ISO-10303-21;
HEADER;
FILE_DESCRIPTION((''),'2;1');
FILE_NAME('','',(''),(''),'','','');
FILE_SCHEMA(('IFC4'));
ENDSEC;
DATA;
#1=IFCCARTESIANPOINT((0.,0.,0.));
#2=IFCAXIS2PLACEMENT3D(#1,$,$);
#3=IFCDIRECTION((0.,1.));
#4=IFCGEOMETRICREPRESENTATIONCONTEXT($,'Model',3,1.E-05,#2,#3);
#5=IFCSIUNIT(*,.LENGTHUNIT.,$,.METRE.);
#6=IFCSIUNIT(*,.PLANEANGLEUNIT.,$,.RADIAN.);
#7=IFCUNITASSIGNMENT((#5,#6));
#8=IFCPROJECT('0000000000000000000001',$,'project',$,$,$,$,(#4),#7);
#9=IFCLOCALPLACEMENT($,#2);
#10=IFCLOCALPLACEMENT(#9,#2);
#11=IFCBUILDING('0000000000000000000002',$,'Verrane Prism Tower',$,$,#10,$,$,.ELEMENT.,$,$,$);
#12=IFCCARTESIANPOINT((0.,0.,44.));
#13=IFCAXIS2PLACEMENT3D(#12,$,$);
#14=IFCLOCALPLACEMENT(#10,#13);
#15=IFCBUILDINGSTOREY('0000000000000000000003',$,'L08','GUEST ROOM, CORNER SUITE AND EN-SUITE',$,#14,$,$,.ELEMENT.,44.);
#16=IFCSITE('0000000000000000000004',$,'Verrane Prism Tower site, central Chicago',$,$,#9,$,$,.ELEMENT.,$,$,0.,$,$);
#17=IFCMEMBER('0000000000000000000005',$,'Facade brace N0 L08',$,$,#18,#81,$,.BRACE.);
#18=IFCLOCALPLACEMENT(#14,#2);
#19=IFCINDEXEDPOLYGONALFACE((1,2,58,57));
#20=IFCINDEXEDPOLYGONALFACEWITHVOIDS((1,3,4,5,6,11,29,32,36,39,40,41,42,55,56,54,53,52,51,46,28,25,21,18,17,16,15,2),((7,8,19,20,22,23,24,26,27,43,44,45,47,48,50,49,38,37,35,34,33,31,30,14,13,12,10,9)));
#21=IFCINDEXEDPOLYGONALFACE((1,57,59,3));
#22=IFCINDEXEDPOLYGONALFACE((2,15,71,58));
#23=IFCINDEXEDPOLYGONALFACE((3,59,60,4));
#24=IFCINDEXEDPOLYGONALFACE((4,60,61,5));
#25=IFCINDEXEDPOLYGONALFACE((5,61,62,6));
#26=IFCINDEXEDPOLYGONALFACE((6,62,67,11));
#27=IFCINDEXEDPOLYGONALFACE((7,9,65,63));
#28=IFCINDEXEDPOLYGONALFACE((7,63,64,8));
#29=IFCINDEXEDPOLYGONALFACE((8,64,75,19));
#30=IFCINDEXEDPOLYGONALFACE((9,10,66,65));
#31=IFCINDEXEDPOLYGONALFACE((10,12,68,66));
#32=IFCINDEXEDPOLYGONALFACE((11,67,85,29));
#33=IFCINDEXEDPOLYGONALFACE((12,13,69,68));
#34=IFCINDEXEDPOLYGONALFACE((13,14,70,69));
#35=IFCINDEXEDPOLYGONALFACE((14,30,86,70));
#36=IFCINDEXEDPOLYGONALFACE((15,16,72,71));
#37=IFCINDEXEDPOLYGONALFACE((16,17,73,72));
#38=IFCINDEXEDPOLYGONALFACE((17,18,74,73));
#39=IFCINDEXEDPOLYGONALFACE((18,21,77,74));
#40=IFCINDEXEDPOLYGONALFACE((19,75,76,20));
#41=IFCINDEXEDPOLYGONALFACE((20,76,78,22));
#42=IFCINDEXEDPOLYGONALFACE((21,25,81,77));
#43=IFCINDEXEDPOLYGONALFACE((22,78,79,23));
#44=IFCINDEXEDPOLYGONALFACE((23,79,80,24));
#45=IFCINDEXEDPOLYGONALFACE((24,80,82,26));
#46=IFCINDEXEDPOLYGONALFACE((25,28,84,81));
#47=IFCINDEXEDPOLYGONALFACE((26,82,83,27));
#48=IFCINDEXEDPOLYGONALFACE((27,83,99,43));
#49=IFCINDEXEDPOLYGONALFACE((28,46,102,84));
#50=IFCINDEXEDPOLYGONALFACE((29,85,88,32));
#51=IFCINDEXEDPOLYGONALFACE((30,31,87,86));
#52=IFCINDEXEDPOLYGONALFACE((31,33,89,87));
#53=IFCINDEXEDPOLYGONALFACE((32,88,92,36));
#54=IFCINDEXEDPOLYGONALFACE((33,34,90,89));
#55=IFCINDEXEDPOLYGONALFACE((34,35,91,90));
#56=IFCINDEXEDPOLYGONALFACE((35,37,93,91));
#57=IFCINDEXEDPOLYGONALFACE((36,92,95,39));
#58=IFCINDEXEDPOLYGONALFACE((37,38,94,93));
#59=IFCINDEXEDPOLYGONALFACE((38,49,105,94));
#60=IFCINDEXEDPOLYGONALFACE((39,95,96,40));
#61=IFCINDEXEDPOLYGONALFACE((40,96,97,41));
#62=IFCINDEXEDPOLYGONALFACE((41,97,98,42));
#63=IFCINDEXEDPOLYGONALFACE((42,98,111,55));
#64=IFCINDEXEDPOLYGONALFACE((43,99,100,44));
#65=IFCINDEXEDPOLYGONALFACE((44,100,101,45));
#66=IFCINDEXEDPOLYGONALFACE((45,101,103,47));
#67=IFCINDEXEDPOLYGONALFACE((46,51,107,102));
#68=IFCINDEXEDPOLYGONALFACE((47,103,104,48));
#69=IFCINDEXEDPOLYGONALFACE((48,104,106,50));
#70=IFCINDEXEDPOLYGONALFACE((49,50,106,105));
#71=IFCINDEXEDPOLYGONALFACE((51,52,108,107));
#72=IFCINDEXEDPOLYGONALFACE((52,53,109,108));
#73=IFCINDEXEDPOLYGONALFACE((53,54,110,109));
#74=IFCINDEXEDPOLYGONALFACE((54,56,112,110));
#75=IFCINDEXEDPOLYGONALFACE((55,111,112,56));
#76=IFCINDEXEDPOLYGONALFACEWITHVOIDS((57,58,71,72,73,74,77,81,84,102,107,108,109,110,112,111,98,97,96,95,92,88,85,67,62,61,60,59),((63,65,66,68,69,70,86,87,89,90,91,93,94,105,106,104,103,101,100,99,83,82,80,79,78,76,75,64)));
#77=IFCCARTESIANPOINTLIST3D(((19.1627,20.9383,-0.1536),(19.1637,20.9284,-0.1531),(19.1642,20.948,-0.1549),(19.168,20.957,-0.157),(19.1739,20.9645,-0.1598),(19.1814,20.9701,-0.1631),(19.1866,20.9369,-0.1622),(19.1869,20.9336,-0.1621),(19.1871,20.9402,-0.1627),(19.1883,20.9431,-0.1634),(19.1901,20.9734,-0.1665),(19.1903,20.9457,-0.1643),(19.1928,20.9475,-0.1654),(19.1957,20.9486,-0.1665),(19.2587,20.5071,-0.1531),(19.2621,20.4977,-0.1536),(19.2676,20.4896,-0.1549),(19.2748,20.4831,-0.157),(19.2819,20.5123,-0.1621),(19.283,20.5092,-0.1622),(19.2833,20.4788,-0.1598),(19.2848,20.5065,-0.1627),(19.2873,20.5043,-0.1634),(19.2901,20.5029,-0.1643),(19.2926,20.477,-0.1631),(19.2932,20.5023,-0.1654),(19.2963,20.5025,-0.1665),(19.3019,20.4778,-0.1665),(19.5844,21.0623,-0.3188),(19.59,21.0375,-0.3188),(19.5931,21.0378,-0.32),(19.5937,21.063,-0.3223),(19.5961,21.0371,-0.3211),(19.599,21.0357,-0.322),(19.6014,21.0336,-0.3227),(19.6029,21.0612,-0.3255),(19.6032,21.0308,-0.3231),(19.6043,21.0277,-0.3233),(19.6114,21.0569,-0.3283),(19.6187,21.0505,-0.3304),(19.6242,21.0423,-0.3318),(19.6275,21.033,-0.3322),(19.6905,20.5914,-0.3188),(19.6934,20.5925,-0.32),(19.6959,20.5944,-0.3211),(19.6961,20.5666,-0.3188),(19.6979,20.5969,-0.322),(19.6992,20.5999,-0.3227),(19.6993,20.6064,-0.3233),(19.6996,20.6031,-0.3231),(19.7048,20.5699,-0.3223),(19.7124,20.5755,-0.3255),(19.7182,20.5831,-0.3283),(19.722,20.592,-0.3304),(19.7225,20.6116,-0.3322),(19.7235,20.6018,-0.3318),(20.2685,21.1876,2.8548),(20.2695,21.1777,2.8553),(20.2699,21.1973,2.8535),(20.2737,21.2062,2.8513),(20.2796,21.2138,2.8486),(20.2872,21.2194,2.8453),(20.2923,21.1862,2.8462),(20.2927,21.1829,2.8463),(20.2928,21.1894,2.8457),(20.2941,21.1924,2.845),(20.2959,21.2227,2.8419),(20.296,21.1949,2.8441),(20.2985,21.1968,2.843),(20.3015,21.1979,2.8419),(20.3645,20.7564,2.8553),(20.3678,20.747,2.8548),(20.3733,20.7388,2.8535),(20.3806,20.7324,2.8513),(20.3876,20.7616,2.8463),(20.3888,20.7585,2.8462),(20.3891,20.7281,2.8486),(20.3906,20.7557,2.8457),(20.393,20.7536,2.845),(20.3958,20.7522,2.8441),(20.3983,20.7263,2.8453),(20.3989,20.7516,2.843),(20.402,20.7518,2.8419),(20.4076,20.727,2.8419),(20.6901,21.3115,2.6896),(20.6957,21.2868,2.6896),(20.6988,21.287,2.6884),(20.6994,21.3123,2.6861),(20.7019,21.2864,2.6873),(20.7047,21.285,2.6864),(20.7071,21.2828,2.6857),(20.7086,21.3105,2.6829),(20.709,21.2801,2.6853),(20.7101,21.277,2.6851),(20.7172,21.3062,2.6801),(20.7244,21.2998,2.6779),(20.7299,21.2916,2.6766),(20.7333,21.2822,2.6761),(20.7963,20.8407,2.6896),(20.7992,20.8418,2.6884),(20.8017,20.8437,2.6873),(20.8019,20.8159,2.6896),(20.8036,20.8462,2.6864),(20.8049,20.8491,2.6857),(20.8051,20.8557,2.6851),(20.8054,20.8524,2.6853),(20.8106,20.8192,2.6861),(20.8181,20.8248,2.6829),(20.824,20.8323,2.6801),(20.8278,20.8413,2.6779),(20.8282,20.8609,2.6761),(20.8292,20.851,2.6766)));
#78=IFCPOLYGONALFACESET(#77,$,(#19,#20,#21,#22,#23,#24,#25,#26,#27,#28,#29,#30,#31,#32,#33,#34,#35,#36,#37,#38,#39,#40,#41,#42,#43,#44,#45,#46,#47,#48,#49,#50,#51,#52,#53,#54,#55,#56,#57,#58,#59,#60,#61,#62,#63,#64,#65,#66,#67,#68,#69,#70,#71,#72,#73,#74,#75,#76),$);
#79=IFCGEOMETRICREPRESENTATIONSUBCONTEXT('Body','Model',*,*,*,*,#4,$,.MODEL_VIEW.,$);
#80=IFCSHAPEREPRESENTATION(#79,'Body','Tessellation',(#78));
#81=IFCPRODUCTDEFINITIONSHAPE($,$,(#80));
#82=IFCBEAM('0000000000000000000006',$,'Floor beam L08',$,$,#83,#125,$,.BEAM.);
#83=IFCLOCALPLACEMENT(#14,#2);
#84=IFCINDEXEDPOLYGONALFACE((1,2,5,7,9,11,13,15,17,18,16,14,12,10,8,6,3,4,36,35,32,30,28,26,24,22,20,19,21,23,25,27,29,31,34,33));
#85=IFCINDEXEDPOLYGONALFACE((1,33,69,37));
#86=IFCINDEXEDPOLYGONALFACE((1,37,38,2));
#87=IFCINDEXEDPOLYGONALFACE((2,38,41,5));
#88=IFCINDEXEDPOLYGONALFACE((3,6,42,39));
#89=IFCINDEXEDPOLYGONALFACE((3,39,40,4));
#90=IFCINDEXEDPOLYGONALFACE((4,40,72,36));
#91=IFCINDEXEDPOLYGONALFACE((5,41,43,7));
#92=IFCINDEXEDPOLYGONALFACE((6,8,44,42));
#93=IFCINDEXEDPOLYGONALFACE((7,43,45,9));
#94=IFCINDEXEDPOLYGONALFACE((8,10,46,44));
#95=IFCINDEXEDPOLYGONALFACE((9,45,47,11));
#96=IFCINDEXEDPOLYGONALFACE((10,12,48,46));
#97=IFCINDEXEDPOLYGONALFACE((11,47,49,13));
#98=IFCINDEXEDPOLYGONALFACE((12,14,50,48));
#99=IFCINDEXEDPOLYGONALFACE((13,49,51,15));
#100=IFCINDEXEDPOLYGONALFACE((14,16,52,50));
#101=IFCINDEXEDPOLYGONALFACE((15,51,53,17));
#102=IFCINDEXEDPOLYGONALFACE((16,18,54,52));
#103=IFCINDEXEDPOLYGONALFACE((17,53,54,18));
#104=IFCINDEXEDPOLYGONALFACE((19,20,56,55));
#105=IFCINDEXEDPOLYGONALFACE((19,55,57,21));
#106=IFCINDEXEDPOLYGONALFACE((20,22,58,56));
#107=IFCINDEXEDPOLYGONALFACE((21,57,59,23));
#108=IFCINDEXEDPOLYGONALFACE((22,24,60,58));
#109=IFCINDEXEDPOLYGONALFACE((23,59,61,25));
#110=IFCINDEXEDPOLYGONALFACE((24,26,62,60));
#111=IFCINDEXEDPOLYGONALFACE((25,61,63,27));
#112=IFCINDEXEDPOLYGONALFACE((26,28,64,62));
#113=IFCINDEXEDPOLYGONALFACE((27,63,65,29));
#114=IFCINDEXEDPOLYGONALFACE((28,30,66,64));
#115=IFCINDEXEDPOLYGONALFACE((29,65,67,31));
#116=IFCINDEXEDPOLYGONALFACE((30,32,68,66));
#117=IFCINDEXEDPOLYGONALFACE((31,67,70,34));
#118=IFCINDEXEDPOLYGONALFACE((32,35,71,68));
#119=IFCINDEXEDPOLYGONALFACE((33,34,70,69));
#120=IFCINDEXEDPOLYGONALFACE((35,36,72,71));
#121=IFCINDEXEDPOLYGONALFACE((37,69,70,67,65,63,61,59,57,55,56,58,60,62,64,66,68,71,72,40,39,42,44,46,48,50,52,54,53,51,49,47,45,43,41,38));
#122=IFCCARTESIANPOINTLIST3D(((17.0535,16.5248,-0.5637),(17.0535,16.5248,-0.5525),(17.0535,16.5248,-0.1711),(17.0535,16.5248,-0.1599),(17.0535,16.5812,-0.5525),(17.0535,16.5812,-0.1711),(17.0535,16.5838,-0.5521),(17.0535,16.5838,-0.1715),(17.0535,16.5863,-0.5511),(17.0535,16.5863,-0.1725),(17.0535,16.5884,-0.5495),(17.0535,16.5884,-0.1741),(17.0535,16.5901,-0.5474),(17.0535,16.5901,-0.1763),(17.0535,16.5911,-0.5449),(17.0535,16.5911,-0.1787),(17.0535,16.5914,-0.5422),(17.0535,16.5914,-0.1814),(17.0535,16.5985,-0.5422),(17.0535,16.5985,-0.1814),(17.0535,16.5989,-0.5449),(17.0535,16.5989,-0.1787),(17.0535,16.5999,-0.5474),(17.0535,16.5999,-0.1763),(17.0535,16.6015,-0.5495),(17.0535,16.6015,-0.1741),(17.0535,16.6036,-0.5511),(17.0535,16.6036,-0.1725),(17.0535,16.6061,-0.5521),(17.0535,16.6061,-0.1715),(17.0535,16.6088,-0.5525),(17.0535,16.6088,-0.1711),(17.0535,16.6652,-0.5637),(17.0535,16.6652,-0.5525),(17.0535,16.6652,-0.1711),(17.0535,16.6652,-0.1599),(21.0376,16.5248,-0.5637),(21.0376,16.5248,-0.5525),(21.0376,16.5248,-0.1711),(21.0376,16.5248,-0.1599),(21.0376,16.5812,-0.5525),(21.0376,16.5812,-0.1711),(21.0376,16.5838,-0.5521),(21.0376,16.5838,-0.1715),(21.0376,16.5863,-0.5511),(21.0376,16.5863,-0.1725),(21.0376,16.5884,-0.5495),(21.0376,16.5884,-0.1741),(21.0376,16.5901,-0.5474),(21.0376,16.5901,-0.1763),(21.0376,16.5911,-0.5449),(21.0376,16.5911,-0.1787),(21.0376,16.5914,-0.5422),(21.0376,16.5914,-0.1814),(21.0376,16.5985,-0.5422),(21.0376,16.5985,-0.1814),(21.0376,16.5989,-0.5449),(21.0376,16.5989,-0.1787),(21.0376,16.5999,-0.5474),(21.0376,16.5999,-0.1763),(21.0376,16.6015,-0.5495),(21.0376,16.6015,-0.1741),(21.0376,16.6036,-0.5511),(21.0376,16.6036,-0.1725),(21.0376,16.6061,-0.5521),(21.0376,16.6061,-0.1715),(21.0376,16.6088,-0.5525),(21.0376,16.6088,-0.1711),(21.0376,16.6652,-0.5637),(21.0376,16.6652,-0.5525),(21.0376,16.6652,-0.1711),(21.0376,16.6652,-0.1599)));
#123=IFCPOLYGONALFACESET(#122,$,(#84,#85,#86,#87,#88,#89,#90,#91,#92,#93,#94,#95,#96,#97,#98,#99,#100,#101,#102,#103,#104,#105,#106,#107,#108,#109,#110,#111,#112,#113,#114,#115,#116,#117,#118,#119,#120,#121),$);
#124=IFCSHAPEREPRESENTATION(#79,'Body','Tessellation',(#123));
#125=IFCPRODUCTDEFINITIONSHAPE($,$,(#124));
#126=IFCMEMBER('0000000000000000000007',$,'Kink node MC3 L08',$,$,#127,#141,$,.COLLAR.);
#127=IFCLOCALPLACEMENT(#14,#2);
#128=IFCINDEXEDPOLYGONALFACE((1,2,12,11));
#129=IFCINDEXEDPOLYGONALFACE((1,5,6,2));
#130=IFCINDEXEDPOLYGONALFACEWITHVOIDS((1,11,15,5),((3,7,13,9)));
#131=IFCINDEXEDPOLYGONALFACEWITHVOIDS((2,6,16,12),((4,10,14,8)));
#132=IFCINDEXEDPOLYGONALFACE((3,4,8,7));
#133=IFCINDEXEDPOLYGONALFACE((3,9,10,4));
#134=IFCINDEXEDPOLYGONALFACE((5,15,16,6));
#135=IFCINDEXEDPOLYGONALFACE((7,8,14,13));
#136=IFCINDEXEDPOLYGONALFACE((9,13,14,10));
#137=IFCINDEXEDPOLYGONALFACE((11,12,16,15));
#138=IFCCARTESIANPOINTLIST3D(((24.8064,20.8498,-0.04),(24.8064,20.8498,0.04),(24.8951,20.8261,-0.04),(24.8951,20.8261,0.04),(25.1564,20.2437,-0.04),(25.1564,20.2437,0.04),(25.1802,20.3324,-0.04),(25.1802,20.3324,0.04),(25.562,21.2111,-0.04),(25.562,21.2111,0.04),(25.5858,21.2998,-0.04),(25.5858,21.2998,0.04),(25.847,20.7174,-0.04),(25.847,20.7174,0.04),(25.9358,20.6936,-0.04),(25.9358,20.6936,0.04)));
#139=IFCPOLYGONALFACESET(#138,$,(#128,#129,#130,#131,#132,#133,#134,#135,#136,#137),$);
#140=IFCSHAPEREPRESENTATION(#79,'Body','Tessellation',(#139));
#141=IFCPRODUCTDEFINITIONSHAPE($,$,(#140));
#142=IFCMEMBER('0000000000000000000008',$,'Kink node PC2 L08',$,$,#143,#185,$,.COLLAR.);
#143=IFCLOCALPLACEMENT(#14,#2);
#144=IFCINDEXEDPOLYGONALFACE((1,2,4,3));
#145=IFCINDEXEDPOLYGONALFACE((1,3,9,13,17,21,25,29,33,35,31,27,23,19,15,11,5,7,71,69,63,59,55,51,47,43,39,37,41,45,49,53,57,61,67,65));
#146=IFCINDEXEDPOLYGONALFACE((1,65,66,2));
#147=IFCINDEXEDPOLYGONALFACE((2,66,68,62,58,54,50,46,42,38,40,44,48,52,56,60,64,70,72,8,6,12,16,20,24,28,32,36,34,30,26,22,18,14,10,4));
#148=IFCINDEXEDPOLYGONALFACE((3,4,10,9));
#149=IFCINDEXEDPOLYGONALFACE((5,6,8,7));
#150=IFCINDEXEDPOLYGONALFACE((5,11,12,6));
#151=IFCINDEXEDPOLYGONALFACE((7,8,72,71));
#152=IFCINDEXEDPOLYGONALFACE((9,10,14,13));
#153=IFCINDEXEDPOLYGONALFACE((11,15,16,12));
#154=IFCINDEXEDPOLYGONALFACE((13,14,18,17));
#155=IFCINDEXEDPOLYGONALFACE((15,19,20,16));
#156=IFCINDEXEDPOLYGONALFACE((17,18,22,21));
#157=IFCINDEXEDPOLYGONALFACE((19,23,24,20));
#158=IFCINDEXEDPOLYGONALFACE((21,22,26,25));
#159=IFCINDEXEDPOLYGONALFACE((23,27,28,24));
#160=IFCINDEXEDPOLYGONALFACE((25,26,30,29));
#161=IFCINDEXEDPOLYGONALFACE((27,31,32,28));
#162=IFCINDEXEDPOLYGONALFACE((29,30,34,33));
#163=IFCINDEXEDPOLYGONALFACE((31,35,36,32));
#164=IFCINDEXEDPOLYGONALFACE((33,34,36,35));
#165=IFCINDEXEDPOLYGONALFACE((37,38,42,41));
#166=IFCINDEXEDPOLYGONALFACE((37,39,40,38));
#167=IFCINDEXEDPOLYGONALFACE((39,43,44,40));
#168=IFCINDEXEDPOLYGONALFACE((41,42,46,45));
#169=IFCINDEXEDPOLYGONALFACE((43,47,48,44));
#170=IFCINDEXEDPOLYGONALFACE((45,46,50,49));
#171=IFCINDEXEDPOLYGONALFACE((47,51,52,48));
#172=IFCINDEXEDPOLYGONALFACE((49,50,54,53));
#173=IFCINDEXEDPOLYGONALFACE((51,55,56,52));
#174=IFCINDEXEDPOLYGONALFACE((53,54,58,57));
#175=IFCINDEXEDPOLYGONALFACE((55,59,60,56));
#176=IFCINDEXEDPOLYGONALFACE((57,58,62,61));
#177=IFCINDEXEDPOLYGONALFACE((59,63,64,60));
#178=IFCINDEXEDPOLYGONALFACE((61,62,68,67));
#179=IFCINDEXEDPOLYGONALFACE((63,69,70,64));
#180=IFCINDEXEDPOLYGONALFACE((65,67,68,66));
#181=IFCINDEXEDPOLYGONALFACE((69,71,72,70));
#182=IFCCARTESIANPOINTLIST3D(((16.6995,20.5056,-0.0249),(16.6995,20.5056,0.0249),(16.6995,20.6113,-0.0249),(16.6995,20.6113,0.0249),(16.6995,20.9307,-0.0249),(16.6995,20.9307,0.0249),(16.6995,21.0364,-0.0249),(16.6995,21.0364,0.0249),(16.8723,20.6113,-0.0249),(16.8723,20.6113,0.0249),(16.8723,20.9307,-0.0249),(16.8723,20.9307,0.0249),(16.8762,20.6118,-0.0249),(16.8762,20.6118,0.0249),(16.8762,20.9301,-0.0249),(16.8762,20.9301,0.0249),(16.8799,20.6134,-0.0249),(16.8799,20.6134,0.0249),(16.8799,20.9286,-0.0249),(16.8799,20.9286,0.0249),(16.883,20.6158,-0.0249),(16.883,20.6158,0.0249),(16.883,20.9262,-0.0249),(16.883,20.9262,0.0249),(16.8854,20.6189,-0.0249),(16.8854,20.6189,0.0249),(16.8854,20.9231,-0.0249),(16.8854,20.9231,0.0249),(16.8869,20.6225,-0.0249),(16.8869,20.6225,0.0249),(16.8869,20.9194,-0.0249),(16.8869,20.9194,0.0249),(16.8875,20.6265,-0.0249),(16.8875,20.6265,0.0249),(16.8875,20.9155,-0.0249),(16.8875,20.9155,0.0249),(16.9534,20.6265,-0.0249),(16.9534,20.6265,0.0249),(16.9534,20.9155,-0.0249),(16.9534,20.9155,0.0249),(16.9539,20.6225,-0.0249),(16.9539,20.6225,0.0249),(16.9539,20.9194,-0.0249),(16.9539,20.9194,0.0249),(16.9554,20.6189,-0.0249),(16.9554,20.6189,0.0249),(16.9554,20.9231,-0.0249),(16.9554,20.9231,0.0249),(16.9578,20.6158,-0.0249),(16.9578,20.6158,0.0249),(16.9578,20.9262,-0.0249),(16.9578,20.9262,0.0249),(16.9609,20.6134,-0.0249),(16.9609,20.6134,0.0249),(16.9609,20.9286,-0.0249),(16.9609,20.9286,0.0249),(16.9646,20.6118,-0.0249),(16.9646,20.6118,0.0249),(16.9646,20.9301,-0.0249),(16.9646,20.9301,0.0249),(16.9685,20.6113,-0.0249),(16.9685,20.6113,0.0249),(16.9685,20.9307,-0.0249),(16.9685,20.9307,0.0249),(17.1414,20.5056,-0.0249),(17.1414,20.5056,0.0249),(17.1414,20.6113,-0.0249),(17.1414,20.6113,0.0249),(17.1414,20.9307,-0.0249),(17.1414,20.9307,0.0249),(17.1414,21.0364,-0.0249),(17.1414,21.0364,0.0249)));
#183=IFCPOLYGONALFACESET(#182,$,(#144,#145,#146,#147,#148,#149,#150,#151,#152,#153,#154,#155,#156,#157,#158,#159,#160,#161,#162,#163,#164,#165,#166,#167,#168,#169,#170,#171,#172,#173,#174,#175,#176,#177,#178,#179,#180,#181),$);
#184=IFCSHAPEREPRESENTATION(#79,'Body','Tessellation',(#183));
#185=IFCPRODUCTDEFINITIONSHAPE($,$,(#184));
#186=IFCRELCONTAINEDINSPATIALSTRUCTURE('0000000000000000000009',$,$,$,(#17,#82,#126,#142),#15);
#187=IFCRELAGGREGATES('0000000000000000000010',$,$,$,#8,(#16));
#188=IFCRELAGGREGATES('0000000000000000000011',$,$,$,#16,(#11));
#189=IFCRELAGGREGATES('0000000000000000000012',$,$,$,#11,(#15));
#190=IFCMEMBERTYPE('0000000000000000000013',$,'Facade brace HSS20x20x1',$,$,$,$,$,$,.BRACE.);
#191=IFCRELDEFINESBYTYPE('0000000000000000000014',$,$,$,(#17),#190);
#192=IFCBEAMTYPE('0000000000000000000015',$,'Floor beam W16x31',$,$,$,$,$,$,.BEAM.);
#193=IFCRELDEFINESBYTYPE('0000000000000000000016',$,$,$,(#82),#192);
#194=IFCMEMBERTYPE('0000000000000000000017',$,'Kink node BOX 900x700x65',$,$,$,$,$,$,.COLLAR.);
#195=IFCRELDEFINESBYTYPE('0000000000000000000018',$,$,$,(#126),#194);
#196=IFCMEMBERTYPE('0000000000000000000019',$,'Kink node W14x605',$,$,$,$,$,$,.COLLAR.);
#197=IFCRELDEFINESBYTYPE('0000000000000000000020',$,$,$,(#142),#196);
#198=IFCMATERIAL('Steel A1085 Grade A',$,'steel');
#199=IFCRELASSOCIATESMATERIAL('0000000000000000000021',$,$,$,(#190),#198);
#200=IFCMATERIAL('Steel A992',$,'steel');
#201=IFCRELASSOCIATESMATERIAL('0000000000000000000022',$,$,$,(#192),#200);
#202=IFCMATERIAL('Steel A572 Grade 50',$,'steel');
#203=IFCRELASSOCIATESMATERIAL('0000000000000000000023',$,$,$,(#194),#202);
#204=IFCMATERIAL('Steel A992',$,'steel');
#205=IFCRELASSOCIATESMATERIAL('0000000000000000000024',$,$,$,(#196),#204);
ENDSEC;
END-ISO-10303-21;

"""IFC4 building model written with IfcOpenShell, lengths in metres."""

from ifc_helpers import new_model, si_unit, direction, frame, origin, origin_2d, place, context, subcontext, project, spatial, hollow_rectangle, i_section, extrude, material, material_profile, profile_set, type_object, element, save


model = new_model("IFC4")

# Units and contexts
model_context = context("Model", 3, precision=1e-05, world=origin(), true_north=direction((0.0, 1.0)))
body_context = subcontext(model_context, "Body", "Model", "MODEL_VIEW")
ifc_project = project(units=[si_unit("LENGTHUNIT", "METRE"), si_unit("PLANEANGLEUNIT", "RADIAN")], contexts=[model_context])

# Site, building, storey
site_placement = place(None, origin())
site = spatial("IfcSite", under=ifc_project, at=site_placement, Name="Verrane Prism Tower site, central Chicago", CompositionType="ELEMENT", RefElevation=0.0)
building_placement = place(site_placement, origin())
building = spatial("IfcBuilding", under=site, at=building_placement, Name="Verrane Prism Tower", CompositionType="ELEMENT")
storey_placement = place(building_placement, frame((0.0, 0.0, 44.0)))
storey = spatial("IfcBuildingStorey", under=building, at=storey_placement, Name="L08", Description="GUEST ROOM, CORNER SUITE AND EN-SUITE", CompositionType="ELEMENT", Elevation=44.0)

# Member
ifc_material_1 = material(Name="Steel A1085 Grade A", Category="steel")
ifc_material_profile_1 = material_profile(ifc_material_1, hollow_rectangle(XDim=0.5081, YDim=0.5081, WallThickness=0.0254, InnerFilletRadius=0.0127, OuterFilletRadius=0.0381, at=origin_2d()), Name="HSS20x20x1")
ifc_profile_set_1 = profile_set([ifc_material_profile_1], Name="Steel A1085 Grade A")
member_type_1 = type_object("IfcMemberType", Name="Facade brace HSS20x20x1", PredefinedType="BRACE", material=ifc_profile_set_1)
member_1_placement = place(storey_placement, frame((19.4431, 20.77, -0.2427), z_axis=(0.34395, 0.077539, 0.935781), x_axis=(-0.219917, 0.975519, 0.0)))
element("IfcMember", 1, at=member_1_placement, inside=storey, type_object=member_type_1, Name="Facade brace N0 L08", PredefinedType="BRACE", context=body_context, shape_type="SweptSolid", body=[
    extrude(hollow_rectangle(XDim=0.5081, YDim=0.5081, WallThickness=0.0254, InnerFilletRadius=0.0127, OuterFilletRadius=0.0381, at=origin_2d()), origin(), (0.0, 0.0, 1.0), 3.2148),
])

# Beam
ifc_material_2 = material(Name="Steel A992", Category="steel")
ifc_material_profile_2 = material_profile(ifc_material_2, i_section(OverallWidth=0.1404, OverallDepth=0.4038, WebThickness=0.0071, FlangeThickness=0.0112, FilletRadius=0.0103, at=origin_2d()), Name="W16x31")
ifc_profile_set_2 = profile_set([ifc_material_profile_2], Name="Steel A992")
beam_type_1 = type_object("IfcBeamType", Name="Floor beam W16x31", PredefinedType="BEAM", material=ifc_profile_set_2)
beam_1_placement = place(storey_placement, frame((17.0535, 16.595, -0.3618), z_axis=(1.0, 0.0, 0.0), x_axis=(0.0, 1.0, 0.0)))
element("IfcBeam", 2, at=beam_1_placement, inside=storey, type_object=beam_type_1, Name="Floor beam L08", PredefinedType="BEAM", context=body_context, shape_type="SweptSolid", body=[
    extrude(i_section(OverallWidth=0.1404, OverallDepth=0.4038, WebThickness=0.0071, FlangeThickness=0.0112, FilletRadius=0.0103, at=origin_2d()), origin(), (0.0, 0.0, 1.0), 3.9841),
])

# Members
ifc_material_3 = material(Name="Steel A572 Grade 50", Category="steel")
ifc_material_profile_3 = material_profile(ifc_material_3, hollow_rectangle(XDim=0.7, YDim=0.8999, WallThickness=0.0649, at=origin_2d()), Name="BOX 900x700x65")
ifc_profile_set_3 = profile_set([ifc_material_profile_3], Name="Steel A572 Grade 50")
member_type_2 = type_object("IfcMemberType", Name="Kink node BOX 900x700x65", PredefinedType="COLLAR", material=ifc_profile_set_3)
member_2_placement = place(storey_placement, frame((25.3711, 20.7717, -0.04), z_axis=(0.0, 0.0, 1.0), x_axis=(0.5, -0.866025, 0.0)))
element("IfcMember", 3, at=member_2_placement, inside=storey, type_object=member_type_2, Name="Kink node MC3 L08", PredefinedType="COLLAR", context=body_context, shape_type="SweptSolid", body=[
    extrude(hollow_rectangle(XDim=0.7, YDim=0.8999, WallThickness=0.0649, at=origin_2d()), origin(), (0.0, 0.0, 1.0), 0.0801),
])
ifc_material_4 = material(Name="Steel A992", Category="steel")
ifc_material_profile_4 = material_profile(ifc_material_4, i_section(OverallWidth=0.4419, OverallDepth=0.5308, WebThickness=0.0659, FlangeThickness=0.1057, FilletRadius=0.0151, at=origin_2d()), Name="W14x605")
ifc_profile_set_4 = profile_set([ifc_material_profile_4], Name="Steel A992")
member_type_3 = type_object("IfcMemberType", Name="Kink node W14x605", PredefinedType="COLLAR", material=ifc_profile_set_4)
member_3_placement = place(storey_placement, frame((16.9204, 20.771, -0.0249), z_axis=(0.0, 0.0, 1.0), x_axis=(1.0, 0.0, 0.0)))
element("IfcMember", 4, at=member_3_placement, inside=storey, type_object=member_type_3, Name="Kink node PC2 L08", PredefinedType="COLLAR", context=body_context, shape_type="SweptSolid", body=[
    extrude(i_section(OverallWidth=0.4419, OverallDepth=0.5308, WebThickness=0.0659, FlangeThickness=0.1057, FilletRadius=0.0151, at=origin_2d()), origin(), (0.0, 0.0, 1.0), 0.0498),
])

save(model, "model.ifc")
